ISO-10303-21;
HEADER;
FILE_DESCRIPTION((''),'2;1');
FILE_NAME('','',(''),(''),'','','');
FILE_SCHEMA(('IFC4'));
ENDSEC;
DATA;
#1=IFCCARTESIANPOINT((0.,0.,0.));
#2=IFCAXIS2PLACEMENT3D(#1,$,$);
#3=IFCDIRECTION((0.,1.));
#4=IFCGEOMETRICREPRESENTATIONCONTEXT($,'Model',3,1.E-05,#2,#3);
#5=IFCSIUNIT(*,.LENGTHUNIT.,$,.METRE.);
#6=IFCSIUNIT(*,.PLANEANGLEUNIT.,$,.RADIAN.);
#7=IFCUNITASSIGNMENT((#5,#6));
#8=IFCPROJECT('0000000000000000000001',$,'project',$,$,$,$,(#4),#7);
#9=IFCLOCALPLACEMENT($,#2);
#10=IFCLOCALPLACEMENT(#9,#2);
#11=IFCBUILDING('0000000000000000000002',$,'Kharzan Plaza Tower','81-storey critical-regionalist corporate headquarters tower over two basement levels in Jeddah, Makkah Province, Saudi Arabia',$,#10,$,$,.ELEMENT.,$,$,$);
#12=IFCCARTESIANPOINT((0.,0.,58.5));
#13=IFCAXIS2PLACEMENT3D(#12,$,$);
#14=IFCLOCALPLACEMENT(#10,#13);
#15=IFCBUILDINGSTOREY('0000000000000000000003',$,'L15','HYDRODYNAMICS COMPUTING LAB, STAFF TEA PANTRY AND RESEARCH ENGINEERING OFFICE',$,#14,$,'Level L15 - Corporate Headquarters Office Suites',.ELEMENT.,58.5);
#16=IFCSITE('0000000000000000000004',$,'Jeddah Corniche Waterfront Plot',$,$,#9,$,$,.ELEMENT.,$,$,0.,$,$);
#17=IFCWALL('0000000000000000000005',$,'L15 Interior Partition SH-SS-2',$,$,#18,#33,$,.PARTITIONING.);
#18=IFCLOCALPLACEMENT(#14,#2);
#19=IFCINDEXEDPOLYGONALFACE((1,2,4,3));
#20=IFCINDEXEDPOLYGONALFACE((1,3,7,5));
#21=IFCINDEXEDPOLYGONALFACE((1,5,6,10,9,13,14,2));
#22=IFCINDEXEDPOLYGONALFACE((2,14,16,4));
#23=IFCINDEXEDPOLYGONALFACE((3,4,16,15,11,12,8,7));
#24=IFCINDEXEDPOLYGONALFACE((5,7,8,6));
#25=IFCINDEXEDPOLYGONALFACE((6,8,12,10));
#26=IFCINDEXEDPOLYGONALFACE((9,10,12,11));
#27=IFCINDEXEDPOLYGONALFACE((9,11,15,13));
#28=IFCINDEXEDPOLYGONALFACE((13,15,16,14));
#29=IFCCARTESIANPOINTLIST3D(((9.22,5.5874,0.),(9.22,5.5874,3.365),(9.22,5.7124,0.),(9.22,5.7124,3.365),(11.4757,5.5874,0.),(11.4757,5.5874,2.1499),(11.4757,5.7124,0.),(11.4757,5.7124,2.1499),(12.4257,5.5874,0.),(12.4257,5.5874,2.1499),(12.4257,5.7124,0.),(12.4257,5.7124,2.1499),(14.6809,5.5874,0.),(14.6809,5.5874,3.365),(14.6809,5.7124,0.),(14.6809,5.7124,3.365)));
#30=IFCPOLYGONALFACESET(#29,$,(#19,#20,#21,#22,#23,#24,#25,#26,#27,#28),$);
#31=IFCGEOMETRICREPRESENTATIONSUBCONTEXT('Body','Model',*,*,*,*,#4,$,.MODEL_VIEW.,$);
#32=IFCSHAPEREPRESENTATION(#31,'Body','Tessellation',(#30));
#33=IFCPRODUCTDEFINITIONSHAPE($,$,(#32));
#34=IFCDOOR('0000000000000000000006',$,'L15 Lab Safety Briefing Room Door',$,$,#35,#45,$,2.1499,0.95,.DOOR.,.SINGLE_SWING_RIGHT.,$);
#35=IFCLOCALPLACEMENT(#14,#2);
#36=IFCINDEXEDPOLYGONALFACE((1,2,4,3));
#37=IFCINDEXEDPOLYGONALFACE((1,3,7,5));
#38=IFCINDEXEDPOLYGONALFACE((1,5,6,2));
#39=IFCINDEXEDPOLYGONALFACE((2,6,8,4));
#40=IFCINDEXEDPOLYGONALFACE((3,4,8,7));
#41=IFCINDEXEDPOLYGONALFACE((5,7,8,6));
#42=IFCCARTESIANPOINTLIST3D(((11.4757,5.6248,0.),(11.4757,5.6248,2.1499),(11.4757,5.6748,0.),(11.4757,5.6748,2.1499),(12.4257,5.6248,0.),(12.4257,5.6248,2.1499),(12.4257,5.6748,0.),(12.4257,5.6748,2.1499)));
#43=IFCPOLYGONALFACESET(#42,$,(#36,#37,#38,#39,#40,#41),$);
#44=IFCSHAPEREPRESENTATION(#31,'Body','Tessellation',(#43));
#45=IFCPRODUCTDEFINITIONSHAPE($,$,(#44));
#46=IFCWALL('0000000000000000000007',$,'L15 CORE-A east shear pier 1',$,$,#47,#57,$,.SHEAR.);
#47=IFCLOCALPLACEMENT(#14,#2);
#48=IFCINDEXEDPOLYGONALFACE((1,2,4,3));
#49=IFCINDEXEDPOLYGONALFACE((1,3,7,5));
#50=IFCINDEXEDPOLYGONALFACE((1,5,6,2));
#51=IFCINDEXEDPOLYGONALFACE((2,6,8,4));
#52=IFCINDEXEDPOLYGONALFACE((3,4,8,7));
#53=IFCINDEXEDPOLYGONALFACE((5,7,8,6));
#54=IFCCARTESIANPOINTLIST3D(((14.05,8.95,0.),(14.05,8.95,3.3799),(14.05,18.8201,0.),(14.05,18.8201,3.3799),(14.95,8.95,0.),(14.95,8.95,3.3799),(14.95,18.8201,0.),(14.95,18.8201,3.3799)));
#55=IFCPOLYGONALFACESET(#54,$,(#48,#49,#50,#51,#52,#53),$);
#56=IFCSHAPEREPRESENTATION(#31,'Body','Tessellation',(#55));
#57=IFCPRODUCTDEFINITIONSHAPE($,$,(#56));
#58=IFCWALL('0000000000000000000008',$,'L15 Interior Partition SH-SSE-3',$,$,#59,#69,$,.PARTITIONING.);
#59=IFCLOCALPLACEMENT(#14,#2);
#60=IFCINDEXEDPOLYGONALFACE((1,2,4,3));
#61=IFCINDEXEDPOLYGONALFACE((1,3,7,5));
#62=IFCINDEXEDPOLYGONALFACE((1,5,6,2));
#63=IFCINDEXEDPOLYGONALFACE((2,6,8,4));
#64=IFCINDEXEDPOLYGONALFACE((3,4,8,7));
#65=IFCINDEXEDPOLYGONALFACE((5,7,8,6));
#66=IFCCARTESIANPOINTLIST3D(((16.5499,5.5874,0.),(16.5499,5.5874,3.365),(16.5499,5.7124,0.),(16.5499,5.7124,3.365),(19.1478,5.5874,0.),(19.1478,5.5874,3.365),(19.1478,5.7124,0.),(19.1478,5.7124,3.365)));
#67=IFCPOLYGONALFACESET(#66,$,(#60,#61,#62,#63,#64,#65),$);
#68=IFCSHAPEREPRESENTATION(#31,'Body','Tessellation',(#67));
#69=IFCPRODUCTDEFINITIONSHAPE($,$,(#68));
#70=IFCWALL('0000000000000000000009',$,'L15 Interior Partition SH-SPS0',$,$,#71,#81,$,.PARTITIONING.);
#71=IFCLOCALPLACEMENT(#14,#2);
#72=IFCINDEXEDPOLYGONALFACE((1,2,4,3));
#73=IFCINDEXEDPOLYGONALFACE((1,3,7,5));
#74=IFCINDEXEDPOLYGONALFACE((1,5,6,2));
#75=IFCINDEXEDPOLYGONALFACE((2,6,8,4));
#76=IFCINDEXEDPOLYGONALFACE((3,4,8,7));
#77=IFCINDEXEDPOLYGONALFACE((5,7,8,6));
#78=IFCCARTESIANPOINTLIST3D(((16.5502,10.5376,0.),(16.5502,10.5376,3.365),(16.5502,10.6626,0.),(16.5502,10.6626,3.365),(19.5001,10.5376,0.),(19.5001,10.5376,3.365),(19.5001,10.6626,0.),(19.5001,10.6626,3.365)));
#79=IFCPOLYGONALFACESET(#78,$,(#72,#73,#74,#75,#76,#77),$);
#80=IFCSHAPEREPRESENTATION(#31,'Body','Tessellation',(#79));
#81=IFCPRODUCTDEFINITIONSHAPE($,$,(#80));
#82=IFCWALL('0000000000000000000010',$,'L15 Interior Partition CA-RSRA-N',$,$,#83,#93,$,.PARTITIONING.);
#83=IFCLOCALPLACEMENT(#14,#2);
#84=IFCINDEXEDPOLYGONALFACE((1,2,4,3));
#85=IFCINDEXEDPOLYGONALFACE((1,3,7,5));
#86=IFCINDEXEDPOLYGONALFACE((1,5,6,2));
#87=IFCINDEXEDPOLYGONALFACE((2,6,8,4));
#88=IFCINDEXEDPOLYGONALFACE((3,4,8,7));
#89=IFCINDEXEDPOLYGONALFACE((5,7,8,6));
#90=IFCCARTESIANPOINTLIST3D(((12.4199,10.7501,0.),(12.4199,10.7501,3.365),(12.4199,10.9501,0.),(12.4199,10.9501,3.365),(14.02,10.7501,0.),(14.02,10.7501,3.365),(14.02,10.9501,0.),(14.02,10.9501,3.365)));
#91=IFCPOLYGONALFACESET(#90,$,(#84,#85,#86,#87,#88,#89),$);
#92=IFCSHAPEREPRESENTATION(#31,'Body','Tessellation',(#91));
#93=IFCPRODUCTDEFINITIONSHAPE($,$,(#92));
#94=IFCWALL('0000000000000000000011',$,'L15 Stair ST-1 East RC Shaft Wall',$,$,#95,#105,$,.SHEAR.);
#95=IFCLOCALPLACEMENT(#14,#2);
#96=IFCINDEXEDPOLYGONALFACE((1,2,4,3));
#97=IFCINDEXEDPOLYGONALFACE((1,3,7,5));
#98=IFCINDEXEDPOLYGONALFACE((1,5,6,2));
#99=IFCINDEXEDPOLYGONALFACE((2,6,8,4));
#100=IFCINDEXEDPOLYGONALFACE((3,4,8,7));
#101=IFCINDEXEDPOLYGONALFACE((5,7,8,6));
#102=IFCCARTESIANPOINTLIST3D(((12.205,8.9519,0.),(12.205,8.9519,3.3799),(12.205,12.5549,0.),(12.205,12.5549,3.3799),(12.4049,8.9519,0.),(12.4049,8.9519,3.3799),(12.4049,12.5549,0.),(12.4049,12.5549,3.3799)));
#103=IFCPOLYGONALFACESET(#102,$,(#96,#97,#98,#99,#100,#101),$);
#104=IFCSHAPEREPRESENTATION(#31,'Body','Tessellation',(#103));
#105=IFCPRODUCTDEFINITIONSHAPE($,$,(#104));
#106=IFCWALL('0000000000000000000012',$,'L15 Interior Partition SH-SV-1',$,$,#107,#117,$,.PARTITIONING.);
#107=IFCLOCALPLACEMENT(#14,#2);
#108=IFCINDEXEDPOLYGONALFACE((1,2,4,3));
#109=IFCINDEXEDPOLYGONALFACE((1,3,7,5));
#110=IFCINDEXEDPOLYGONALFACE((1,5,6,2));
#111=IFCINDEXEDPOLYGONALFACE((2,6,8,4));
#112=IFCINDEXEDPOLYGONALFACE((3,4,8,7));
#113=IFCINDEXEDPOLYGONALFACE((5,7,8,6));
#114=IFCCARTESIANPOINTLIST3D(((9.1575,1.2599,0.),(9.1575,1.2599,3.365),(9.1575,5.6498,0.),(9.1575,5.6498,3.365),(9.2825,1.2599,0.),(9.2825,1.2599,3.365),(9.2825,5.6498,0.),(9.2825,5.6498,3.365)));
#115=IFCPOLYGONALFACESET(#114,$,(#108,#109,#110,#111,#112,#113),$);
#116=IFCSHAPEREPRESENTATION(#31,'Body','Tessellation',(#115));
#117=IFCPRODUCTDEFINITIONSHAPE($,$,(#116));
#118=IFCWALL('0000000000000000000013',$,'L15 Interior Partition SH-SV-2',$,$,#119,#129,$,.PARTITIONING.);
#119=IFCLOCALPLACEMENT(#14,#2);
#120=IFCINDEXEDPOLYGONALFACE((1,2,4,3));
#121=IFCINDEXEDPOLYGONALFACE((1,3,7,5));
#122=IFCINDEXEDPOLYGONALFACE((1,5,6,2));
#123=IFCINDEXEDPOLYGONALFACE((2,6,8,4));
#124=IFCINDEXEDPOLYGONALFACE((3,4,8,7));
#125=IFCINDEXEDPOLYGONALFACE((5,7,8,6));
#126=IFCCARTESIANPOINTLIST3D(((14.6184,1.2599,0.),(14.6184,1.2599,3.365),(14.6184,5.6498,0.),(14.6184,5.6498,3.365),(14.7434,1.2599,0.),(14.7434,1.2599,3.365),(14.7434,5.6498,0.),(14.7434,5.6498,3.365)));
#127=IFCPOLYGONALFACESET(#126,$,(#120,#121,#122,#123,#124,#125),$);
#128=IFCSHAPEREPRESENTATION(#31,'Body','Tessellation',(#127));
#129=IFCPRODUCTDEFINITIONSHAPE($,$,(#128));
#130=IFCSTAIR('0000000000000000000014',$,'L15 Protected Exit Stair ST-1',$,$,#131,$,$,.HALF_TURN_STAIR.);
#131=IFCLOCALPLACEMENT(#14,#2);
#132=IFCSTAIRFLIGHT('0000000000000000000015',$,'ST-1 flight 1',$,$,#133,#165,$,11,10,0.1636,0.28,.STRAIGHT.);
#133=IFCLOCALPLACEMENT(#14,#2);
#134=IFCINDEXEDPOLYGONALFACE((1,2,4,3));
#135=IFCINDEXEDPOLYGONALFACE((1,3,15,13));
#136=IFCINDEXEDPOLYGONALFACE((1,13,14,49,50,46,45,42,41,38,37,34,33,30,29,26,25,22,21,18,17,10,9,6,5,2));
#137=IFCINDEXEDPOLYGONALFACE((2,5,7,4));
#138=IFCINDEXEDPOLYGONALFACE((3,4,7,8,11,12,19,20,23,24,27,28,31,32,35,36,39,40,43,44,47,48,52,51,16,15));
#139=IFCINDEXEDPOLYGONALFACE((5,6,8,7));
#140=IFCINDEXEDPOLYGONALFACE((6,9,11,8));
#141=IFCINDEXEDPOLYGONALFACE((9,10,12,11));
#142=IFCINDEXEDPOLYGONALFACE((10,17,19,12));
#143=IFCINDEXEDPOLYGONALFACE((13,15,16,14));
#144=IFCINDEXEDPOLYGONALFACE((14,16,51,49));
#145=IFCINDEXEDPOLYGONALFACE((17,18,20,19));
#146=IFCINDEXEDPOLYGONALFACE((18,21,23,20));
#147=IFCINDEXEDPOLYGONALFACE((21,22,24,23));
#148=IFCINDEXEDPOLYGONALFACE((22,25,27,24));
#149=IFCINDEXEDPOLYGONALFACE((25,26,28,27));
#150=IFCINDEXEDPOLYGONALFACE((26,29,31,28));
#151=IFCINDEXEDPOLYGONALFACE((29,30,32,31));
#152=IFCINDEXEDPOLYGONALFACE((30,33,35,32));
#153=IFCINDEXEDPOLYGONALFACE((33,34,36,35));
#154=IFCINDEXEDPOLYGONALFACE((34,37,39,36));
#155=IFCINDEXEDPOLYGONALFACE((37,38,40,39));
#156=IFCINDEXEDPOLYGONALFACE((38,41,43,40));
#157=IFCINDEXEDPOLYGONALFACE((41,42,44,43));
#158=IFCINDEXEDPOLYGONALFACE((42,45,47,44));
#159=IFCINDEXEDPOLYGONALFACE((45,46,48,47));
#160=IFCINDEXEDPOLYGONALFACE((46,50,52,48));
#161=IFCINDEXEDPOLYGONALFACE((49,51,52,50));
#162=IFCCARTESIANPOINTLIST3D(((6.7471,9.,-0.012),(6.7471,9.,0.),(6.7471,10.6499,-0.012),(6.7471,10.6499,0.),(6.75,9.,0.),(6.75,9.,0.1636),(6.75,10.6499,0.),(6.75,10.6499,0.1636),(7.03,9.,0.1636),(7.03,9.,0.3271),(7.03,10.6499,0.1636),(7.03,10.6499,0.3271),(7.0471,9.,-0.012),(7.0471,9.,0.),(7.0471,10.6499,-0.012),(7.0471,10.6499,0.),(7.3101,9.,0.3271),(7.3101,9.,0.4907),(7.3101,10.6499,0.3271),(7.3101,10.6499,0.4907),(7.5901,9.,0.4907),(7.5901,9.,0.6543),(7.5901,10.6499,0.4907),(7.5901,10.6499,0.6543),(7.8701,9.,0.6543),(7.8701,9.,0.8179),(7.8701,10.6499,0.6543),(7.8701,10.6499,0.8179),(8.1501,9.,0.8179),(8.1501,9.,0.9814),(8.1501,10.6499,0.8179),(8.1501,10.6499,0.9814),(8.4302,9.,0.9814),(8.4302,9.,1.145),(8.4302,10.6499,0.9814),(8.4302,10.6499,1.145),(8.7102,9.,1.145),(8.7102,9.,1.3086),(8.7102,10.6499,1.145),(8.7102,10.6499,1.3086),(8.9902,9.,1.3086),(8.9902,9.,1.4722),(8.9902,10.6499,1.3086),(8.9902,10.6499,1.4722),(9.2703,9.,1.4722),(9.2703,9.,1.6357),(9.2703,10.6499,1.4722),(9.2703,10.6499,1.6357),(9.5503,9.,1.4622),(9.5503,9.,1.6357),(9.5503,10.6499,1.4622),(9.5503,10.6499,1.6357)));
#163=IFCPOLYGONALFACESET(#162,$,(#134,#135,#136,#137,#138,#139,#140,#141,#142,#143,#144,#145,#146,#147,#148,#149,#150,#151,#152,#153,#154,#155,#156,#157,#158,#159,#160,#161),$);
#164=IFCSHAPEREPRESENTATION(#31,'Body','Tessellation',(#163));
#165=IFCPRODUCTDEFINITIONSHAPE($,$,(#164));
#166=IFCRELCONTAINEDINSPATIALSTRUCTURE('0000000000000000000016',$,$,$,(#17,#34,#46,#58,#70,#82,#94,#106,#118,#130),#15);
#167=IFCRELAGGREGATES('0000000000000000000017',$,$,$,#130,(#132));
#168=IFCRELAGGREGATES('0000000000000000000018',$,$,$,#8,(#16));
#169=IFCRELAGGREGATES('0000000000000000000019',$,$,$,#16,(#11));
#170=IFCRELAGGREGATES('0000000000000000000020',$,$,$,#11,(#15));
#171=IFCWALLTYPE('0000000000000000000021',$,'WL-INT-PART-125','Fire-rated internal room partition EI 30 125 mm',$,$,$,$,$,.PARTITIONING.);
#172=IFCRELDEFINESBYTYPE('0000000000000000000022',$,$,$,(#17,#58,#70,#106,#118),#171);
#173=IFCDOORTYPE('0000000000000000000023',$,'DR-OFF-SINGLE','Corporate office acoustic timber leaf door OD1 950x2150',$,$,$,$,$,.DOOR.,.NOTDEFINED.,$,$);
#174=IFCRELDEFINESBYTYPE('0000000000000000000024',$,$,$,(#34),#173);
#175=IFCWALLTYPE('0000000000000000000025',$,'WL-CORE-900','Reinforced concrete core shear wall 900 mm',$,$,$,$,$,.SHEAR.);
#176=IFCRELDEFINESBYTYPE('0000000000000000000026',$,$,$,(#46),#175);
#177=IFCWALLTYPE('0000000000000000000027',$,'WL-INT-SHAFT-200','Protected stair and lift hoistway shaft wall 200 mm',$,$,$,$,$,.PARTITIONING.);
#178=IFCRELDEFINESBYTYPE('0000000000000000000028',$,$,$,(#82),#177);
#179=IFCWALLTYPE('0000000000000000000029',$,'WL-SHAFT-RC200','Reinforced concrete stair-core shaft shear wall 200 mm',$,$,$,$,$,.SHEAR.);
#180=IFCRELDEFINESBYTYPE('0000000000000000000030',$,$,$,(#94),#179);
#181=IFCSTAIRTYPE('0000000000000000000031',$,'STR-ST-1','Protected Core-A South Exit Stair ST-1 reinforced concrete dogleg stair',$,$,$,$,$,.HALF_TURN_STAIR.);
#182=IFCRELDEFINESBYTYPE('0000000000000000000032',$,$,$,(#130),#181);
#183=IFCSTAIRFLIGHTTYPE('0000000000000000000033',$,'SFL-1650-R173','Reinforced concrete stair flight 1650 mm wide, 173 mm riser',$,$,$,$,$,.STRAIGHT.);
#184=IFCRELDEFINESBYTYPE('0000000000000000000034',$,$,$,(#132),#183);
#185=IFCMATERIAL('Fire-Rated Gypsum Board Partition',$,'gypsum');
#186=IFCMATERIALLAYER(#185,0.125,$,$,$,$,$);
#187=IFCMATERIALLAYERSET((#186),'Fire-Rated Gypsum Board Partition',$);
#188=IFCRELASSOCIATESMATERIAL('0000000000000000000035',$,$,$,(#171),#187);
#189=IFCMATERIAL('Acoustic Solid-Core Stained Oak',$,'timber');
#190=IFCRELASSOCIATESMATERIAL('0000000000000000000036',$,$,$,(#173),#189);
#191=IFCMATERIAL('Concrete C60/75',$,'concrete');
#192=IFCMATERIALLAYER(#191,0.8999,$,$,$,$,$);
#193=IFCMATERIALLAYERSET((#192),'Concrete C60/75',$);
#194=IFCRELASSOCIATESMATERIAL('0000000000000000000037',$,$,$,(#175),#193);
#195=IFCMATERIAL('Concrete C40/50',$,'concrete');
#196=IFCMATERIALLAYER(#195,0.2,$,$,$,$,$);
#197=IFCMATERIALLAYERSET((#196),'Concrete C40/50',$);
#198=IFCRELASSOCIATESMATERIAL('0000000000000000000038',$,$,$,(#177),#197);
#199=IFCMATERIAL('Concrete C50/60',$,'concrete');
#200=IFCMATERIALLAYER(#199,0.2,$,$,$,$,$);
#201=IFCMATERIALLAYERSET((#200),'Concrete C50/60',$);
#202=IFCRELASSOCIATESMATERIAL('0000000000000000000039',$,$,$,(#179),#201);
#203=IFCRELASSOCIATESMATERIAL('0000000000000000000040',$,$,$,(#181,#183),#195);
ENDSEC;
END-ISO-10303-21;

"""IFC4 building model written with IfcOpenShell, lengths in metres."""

from ifc_helpers import new_model, si_unit, direction, frame, frame_2d, origin, place, context, subcontext, project, spatial, polyline, rectangle, outline, extrude, source, transform, mapped, material, layer, layer_set, type_object, element, fill, aggregate, save


model = new_model("IFC4")

# Units and contexts
model_context = context("Model", 3, precision=1e-05, world=origin(), true_north=direction((0.0, 1.0)))
body_context = subcontext(model_context, "Body", "Model", "MODEL_VIEW")
ifc_project = project(units=[si_unit("LENGTHUNIT", "METRE"), si_unit("PLANEANGLEUNIT", "RADIAN")], contexts=[model_context])

# Site, building, storey
site_placement = place(None, origin())
site = spatial("IfcSite", under=ifc_project, at=site_placement, Name="Jeddah Corniche Waterfront Plot", CompositionType="ELEMENT", RefElevation=0.0)
building_placement = place(site_placement, origin())
building = spatial("IfcBuilding", under=site, at=building_placement, Name="Kharzan Plaza Tower", Description="81-storey critical-regionalist corporate headquarters tower over two basement levels in Jeddah, Makkah Province, Saudi Arabia", CompositionType="ELEMENT")
storey_placement = place(building_placement, frame((0.0, 0.0, 58.5)))
storey = spatial("IfcBuildingStorey", under=building, at=storey_placement, Name="L15", Description="HYDRODYNAMICS COMPUTING LAB, STAFF TEA PANTRY AND RESEARCH ENGINEERING OFFICE", LongName="Level L15 - Corporate Headquarters Office Suites", CompositionType="ELEMENT", Elevation=58.5)

# Shared definitions
ifc_material_1 = material(Name="Concrete C60/75", Category="concrete")

# Shared definitions
ifc_material_2 = material(Name="Concrete C40/50", Category="concrete")

# Wall, opening, door
ifc_material_3 = material(Name="Fire-Rated Gypsum Board Partition", Category="gypsum")
ifc_layer_1 = layer(ifc_material_3, 0.125)
ifc_layer_set_1 = layer_set([ifc_layer_1], Name="Fire-Rated Gypsum Board Partition")
wall_type_1 = type_object("IfcWallType", Name="WL-INT-PART-125", Description="Fire-rated internal room partition EI 30 125 mm", PredefinedType="PARTITIONING", material=ifc_layer_set_1)
ifc_material_4 = material(Name="Acoustic Solid-Core Stained Oak", Category="timber")
door_type = type_object("IfcDoorType", Name="DR-OFF-SINGLE", Description="Corporate office acoustic timber leaf door OD1 950x2150", OperationType="NOTDEFINED", PredefinedType="DOOR", material=ifc_material_4)
shared_shape_1 = source(origin(), body_context, "Body", "SweptSolid", [
    extrude(rectangle(XDim=0.95, YDim=2.1499, at=frame_2d((0.4751, 1.075))), frame((0.0, 0.0249, 0.0), z_axis=(0.0, -1.0, 0.0), x_axis=(1.0, 0.0, 0.0)), (0.0, 0.0, 1.0), 0.05),
])
wall_1_placement = place(storey_placement, frame((9.22, 5.6499, 0.0), z_axis=(0.0, 0.0, 1.0), x_axis=(1.0, 0.0, 0.0)))
wall_1 = element("IfcWall", 1, at=wall_1_placement, inside=storey, type_object=wall_type_1, Name="L15 Interior Partition SH-SS-2", PredefinedType="PARTITIONING", context=body_context, shape_type="SweptSolid", body=[
    extrude(rectangle(XDim=5.4609, YDim=0.125, at=frame_2d((2.7305, 0.0))), origin(), (0.0, 0.0, 1.0), 3.365),
])
opening_1_placement = place(wall_1_placement, frame((2.2556, 0.0, 0.0)))
opening_1 = element("IfcOpeningElement", 2, at=opening_1_placement, cuts=wall_1, PredefinedType="OPENING", context=body_context, shape_type="SweptSolid", body=[
    extrude(rectangle(XDim=0.95, YDim=2.1499, at=frame_2d((0.4751, 1.075))), frame((0.0, 0.0725, 0.0), z_axis=(0.0, -1.0, 0.0), x_axis=(1.0, 0.0, 0.0)), (0.0, 0.0, 1.0), 0.145),
])
door_1_placement = place(opening_1_placement, origin())
door_1 = element("IfcDoor", 3, at=door_1_placement, inside=storey, type_object=door_type, Name="L15 Lab Safety Briefing Room Door", OperationType="SINGLE_SWING_RIGHT", OverallHeight=2.1499, OverallWidth=0.95, PredefinedType="DOOR", context=body_context, shape_type="MappedRepresentation", body=[
    mapped(shared_shape_1, transform((0.0, 0.0, 0.0), x_axis=(1.0, 0.0, 0.0), y_axis=(0.0, 1.0, 0.0), z_axis=(0.0, 0.0, 1.0))),
])
fill(opening_1, door_1)

# Walls
ifc_layer_2 = layer(ifc_material_1, 0.8999)
ifc_layer_set_2 = layer_set([ifc_layer_2], Name="Concrete C60/75")
wall_type_2 = type_object("IfcWallType", Name="WL-CORE-900", Description="Reinforced concrete core shear wall 900 mm", PredefinedType="SHEAR", material=ifc_layer_set_2)
shared_shape_2 = source(origin(), body_context, "Body", "SweptSolid", [
    extrude(rectangle(XDim=9.8701, YDim=0.8999, at=frame_2d((4.9351, 0.0))), origin(), (0.0, 0.0, 1.0), 3.3799),
])
wall_2_placement = place(storey_placement, frame((14.5, 8.95, 0.0), z_axis=(0.0, 0.0, 1.0), x_axis=(0.0, 1.0, 0.0)))
element("IfcWall", 4, at=wall_2_placement, inside=storey, type_object=wall_type_2, Name="L15 CORE-A east shear pier 1", PredefinedType="SHEAR", context=body_context, shape_type="MappedRepresentation", body=[
    mapped(shared_shape_2, transform((0.0, 0.0, 0.0), x_axis=(1.0, 0.0, 0.0), y_axis=(0.0, 1.0, 0.0), z_axis=(0.0, 0.0, 1.0))),
])
shared_shape_3 = source(origin(), body_context, "Body", "SweptSolid", [
    extrude(rectangle(XDim=2.5979, YDim=0.125, at=frame_2d((1.2988, 0.0))), origin(), (0.0, 0.0, 1.0), 3.365),
])
wall_3_placement = place(storey_placement, frame((16.55, 5.6499, 0.0), z_axis=(0.0, 0.0, 1.0), x_axis=(1.0, 0.0, 0.0)))
element("IfcWall", 5, at=wall_3_placement, inside=storey, type_object=wall_type_1, Name="L15 Interior Partition SH-SSE-3", PredefinedType="PARTITIONING", context=body_context, shape_type="MappedRepresentation", body=[
    mapped(shared_shape_3, transform((0.0, 0.0, 0.0), x_axis=(1.0, 0.0, 0.0), y_axis=(0.0, 1.0, 0.0), z_axis=(0.0, 0.0, 1.0))),
])
shared_shape_4 = source(origin(), body_context, "Body", "SweptSolid", [
    extrude(rectangle(XDim=2.95, YDim=0.125, at=frame_2d((1.4751, 0.0))), origin(), (0.0, 0.0, 1.0), 3.365),
])
wall_4_placement = place(storey_placement, frame((16.55, 10.6001, 0.0), z_axis=(0.0, 0.0, 1.0), x_axis=(1.0, 0.0, 0.0)))
element("IfcWall", 6, at=wall_4_placement, inside=storey, type_object=wall_type_1, Name="L15 Interior Partition SH-SPS0", PredefinedType="PARTITIONING", context=body_context, shape_type="MappedRepresentation", body=[
    mapped(shared_shape_4, transform((0.0, 0.0, 0.0), x_axis=(1.0, 0.0, 0.0), y_axis=(0.0, 1.0, 0.0), z_axis=(0.0, 0.0, 1.0))),
])
ifc_layer_3 = layer(ifc_material_2, 0.2)
ifc_layer_set_3 = layer_set([ifc_layer_3], Name="Concrete C40/50")
wall_type_3 = type_object("IfcWallType", Name="WL-INT-SHAFT-200", Description="Protected stair and lift hoistway shaft wall 200 mm", PredefinedType="PARTITIONING", material=ifc_layer_set_3)
shared_shape_5 = source(origin(), body_context, "Body", "SweptSolid", [
    extrude(rectangle(XDim=1.6001, YDim=0.2, at=frame_2d((0.8, 0.0))), origin(), (0.0, 0.0, 1.0), 3.365),
])
wall_5_placement = place(storey_placement, frame((12.4199, 10.8501, 0.0), z_axis=(0.0, 0.0, 1.0), x_axis=(1.0, 0.0, 0.0)))
element("IfcWall", 7, at=wall_5_placement, inside=storey, type_object=wall_type_3, Name="L15 Interior Partition CA-RSRA-N", PredefinedType="PARTITIONING", context=body_context, shape_type="MappedRepresentation", body=[
    mapped(shared_shape_5, transform((0.0, 0.0, 0.0), x_axis=(1.0, 0.0, 0.0), y_axis=(0.0, 1.0, 0.0), z_axis=(0.0, 0.0, 1.0))),
])
ifc_material_5 = material(Name="Concrete C50/60", Category="concrete")
ifc_layer_4 = layer(ifc_material_5, 0.2)
ifc_layer_set_4 = layer_set([ifc_layer_4], Name="Concrete C50/60")
wall_type_4 = type_object("IfcWallType", Name="WL-SHAFT-RC200", Description="Reinforced concrete stair-core shaft shear wall 200 mm", PredefinedType="SHEAR", material=ifc_layer_set_4)
shared_shape_6 = source(origin(), body_context, "Body", "SweptSolid", [
    extrude(rectangle(XDim=3.603, YDim=0.2, at=frame_2d((1.8015, 0.0))), origin(), (0.0, 0.0, 1.0), 3.3799),
])
wall_6_placement = place(storey_placement, frame((12.3049, 8.9519, 0.0), z_axis=(0.0, 0.0, 1.0), x_axis=(0.0, 1.0, 0.0)))
element("IfcWall", 8, at=wall_6_placement, inside=storey, type_object=wall_type_4, Name="L15 Stair ST-1 East RC Shaft Wall", PredefinedType="SHEAR", context=body_context, shape_type="MappedRepresentation", body=[
    mapped(shared_shape_6, transform((0.0, 0.0, 0.0), x_axis=(1.0, 0.0, 0.0), y_axis=(0.0, 1.0, 0.0), z_axis=(0.0, 0.0, 1.0))),
])
shared_shape_7 = source(origin(), body_context, "Body", "SweptSolid", [
    extrude(rectangle(XDim=4.3899, YDim=0.125, at=frame_2d((2.1948, 0.0))), origin(), (0.0, 0.0, 1.0), 3.365),
])
for number, where, z_axis, x_axis, name in (
    (9, (9.22, 1.26, 0.0), (0.0, 0.0, 1.0), (0.0, 1.0, 0.0), "L15 Interior Partition SH-SV-1"),
    (10, (14.6809, 1.26, 0.0), (0.0, 0.0, 1.0), (0.0, 1.0, 0.0), "L15 Interior Partition SH-SV-2"),
):
    element("IfcWall", number, at=place(storey_placement, frame(where, z_axis=z_axis, x_axis=x_axis)), inside=storey, type_object=wall_type_1, Name=name, PredefinedType="PARTITIONING", context=body_context, shape_type="MappedRepresentation", body=[
        mapped(shared_shape_7, transform((0.0, 0.0, 0.0), x_axis=(1.0, 0.0, 0.0), y_axis=(0.0, 1.0, 0.0), z_axis=(0.0, 0.0, 1.0))),
    ])

# Stair, stair flight
stair_type = type_object("IfcStairType", Name="STR-ST-1", Description="Protected Core-A South Exit Stair ST-1 reinforced concrete dogleg stair", PredefinedType="HALF_TURN_STAIR", material=ifc_material_2)
stair_placement = place(storey_placement, origin())
stair = element("IfcStair", 11, at=stair_placement, inside=storey, type_object=stair_type, Name="L15 Protected Exit Stair ST-1", PredefinedType="HALF_TURN_STAIR")
stair_flight_type = type_object("IfcStairFlightType", Name="SFL-1650-R173", Description="Reinforced concrete stair flight 1650 mm wide, 173 mm riser", PredefinedType="STRAIGHT", material=ifc_material_2)
shared_shape_8 = source(origin(), body_context, "Body", "SweptSolid", [
    extrude(outline(polyline([(-0.0029, -0.012), (-0.0029, 0.0), (0.0, 0.0), (0.0, 0.1636), (0.28, 0.1636), (0.28, 0.3271), (0.5601, 0.3271), (0.5601, 0.4907), (0.8401, 0.4907), (0.8401, 0.6543), (1.1201, 0.6543), (1.1201, 0.8179), (1.4001, 0.8179), (1.4001, 0.9814), (1.6802, 0.9814), (1.6802, 1.145), (1.9602, 1.145), (1.9602, 1.3086), (2.2402, 1.3086), (2.2402, 1.4722), (2.5203, 1.4722), (2.5203, 1.6357), (2.8003, 1.6357), (2.8003, 1.7993), (2.8003, 1.4622), (0.2971, 0.0), (0.2971, -0.012), (-0.0029, -0.012)])), frame((0.0, 0.825, 0.0), z_axis=(0.0, -1.0, 0.0), x_axis=(1.0, 0.0, 0.0)), (0.0, 0.0, 1.0), 1.6499),
])
stair_flight_placement = place(storey_placement, frame((6.75, 9.825, 0.0), z_axis=(0.0, 0.0, 1.0), x_axis=(1.0, 0.0, 0.0)))
stair_flight = element("IfcStairFlight", 12, at=stair_flight_placement, type_object=stair_flight_type, Name="ST-1 flight 1", NumberOfRisers=11, NumberOfTreads=10, PredefinedType="STRAIGHT", RiserHeight=0.1636, TreadLength=0.28, context=body_context, shape_type="MappedRepresentation", body=[
    mapped(shared_shape_8, transform((0.0, 0.0, 0.0), x_axis=(1.0, 0.0, 0.0), y_axis=(0.0, 1.0, 0.0), z_axis=(0.0, 0.0, 1.0))),
])
aggregate(stair, [stair_flight])

save(model, "model.ifc")
